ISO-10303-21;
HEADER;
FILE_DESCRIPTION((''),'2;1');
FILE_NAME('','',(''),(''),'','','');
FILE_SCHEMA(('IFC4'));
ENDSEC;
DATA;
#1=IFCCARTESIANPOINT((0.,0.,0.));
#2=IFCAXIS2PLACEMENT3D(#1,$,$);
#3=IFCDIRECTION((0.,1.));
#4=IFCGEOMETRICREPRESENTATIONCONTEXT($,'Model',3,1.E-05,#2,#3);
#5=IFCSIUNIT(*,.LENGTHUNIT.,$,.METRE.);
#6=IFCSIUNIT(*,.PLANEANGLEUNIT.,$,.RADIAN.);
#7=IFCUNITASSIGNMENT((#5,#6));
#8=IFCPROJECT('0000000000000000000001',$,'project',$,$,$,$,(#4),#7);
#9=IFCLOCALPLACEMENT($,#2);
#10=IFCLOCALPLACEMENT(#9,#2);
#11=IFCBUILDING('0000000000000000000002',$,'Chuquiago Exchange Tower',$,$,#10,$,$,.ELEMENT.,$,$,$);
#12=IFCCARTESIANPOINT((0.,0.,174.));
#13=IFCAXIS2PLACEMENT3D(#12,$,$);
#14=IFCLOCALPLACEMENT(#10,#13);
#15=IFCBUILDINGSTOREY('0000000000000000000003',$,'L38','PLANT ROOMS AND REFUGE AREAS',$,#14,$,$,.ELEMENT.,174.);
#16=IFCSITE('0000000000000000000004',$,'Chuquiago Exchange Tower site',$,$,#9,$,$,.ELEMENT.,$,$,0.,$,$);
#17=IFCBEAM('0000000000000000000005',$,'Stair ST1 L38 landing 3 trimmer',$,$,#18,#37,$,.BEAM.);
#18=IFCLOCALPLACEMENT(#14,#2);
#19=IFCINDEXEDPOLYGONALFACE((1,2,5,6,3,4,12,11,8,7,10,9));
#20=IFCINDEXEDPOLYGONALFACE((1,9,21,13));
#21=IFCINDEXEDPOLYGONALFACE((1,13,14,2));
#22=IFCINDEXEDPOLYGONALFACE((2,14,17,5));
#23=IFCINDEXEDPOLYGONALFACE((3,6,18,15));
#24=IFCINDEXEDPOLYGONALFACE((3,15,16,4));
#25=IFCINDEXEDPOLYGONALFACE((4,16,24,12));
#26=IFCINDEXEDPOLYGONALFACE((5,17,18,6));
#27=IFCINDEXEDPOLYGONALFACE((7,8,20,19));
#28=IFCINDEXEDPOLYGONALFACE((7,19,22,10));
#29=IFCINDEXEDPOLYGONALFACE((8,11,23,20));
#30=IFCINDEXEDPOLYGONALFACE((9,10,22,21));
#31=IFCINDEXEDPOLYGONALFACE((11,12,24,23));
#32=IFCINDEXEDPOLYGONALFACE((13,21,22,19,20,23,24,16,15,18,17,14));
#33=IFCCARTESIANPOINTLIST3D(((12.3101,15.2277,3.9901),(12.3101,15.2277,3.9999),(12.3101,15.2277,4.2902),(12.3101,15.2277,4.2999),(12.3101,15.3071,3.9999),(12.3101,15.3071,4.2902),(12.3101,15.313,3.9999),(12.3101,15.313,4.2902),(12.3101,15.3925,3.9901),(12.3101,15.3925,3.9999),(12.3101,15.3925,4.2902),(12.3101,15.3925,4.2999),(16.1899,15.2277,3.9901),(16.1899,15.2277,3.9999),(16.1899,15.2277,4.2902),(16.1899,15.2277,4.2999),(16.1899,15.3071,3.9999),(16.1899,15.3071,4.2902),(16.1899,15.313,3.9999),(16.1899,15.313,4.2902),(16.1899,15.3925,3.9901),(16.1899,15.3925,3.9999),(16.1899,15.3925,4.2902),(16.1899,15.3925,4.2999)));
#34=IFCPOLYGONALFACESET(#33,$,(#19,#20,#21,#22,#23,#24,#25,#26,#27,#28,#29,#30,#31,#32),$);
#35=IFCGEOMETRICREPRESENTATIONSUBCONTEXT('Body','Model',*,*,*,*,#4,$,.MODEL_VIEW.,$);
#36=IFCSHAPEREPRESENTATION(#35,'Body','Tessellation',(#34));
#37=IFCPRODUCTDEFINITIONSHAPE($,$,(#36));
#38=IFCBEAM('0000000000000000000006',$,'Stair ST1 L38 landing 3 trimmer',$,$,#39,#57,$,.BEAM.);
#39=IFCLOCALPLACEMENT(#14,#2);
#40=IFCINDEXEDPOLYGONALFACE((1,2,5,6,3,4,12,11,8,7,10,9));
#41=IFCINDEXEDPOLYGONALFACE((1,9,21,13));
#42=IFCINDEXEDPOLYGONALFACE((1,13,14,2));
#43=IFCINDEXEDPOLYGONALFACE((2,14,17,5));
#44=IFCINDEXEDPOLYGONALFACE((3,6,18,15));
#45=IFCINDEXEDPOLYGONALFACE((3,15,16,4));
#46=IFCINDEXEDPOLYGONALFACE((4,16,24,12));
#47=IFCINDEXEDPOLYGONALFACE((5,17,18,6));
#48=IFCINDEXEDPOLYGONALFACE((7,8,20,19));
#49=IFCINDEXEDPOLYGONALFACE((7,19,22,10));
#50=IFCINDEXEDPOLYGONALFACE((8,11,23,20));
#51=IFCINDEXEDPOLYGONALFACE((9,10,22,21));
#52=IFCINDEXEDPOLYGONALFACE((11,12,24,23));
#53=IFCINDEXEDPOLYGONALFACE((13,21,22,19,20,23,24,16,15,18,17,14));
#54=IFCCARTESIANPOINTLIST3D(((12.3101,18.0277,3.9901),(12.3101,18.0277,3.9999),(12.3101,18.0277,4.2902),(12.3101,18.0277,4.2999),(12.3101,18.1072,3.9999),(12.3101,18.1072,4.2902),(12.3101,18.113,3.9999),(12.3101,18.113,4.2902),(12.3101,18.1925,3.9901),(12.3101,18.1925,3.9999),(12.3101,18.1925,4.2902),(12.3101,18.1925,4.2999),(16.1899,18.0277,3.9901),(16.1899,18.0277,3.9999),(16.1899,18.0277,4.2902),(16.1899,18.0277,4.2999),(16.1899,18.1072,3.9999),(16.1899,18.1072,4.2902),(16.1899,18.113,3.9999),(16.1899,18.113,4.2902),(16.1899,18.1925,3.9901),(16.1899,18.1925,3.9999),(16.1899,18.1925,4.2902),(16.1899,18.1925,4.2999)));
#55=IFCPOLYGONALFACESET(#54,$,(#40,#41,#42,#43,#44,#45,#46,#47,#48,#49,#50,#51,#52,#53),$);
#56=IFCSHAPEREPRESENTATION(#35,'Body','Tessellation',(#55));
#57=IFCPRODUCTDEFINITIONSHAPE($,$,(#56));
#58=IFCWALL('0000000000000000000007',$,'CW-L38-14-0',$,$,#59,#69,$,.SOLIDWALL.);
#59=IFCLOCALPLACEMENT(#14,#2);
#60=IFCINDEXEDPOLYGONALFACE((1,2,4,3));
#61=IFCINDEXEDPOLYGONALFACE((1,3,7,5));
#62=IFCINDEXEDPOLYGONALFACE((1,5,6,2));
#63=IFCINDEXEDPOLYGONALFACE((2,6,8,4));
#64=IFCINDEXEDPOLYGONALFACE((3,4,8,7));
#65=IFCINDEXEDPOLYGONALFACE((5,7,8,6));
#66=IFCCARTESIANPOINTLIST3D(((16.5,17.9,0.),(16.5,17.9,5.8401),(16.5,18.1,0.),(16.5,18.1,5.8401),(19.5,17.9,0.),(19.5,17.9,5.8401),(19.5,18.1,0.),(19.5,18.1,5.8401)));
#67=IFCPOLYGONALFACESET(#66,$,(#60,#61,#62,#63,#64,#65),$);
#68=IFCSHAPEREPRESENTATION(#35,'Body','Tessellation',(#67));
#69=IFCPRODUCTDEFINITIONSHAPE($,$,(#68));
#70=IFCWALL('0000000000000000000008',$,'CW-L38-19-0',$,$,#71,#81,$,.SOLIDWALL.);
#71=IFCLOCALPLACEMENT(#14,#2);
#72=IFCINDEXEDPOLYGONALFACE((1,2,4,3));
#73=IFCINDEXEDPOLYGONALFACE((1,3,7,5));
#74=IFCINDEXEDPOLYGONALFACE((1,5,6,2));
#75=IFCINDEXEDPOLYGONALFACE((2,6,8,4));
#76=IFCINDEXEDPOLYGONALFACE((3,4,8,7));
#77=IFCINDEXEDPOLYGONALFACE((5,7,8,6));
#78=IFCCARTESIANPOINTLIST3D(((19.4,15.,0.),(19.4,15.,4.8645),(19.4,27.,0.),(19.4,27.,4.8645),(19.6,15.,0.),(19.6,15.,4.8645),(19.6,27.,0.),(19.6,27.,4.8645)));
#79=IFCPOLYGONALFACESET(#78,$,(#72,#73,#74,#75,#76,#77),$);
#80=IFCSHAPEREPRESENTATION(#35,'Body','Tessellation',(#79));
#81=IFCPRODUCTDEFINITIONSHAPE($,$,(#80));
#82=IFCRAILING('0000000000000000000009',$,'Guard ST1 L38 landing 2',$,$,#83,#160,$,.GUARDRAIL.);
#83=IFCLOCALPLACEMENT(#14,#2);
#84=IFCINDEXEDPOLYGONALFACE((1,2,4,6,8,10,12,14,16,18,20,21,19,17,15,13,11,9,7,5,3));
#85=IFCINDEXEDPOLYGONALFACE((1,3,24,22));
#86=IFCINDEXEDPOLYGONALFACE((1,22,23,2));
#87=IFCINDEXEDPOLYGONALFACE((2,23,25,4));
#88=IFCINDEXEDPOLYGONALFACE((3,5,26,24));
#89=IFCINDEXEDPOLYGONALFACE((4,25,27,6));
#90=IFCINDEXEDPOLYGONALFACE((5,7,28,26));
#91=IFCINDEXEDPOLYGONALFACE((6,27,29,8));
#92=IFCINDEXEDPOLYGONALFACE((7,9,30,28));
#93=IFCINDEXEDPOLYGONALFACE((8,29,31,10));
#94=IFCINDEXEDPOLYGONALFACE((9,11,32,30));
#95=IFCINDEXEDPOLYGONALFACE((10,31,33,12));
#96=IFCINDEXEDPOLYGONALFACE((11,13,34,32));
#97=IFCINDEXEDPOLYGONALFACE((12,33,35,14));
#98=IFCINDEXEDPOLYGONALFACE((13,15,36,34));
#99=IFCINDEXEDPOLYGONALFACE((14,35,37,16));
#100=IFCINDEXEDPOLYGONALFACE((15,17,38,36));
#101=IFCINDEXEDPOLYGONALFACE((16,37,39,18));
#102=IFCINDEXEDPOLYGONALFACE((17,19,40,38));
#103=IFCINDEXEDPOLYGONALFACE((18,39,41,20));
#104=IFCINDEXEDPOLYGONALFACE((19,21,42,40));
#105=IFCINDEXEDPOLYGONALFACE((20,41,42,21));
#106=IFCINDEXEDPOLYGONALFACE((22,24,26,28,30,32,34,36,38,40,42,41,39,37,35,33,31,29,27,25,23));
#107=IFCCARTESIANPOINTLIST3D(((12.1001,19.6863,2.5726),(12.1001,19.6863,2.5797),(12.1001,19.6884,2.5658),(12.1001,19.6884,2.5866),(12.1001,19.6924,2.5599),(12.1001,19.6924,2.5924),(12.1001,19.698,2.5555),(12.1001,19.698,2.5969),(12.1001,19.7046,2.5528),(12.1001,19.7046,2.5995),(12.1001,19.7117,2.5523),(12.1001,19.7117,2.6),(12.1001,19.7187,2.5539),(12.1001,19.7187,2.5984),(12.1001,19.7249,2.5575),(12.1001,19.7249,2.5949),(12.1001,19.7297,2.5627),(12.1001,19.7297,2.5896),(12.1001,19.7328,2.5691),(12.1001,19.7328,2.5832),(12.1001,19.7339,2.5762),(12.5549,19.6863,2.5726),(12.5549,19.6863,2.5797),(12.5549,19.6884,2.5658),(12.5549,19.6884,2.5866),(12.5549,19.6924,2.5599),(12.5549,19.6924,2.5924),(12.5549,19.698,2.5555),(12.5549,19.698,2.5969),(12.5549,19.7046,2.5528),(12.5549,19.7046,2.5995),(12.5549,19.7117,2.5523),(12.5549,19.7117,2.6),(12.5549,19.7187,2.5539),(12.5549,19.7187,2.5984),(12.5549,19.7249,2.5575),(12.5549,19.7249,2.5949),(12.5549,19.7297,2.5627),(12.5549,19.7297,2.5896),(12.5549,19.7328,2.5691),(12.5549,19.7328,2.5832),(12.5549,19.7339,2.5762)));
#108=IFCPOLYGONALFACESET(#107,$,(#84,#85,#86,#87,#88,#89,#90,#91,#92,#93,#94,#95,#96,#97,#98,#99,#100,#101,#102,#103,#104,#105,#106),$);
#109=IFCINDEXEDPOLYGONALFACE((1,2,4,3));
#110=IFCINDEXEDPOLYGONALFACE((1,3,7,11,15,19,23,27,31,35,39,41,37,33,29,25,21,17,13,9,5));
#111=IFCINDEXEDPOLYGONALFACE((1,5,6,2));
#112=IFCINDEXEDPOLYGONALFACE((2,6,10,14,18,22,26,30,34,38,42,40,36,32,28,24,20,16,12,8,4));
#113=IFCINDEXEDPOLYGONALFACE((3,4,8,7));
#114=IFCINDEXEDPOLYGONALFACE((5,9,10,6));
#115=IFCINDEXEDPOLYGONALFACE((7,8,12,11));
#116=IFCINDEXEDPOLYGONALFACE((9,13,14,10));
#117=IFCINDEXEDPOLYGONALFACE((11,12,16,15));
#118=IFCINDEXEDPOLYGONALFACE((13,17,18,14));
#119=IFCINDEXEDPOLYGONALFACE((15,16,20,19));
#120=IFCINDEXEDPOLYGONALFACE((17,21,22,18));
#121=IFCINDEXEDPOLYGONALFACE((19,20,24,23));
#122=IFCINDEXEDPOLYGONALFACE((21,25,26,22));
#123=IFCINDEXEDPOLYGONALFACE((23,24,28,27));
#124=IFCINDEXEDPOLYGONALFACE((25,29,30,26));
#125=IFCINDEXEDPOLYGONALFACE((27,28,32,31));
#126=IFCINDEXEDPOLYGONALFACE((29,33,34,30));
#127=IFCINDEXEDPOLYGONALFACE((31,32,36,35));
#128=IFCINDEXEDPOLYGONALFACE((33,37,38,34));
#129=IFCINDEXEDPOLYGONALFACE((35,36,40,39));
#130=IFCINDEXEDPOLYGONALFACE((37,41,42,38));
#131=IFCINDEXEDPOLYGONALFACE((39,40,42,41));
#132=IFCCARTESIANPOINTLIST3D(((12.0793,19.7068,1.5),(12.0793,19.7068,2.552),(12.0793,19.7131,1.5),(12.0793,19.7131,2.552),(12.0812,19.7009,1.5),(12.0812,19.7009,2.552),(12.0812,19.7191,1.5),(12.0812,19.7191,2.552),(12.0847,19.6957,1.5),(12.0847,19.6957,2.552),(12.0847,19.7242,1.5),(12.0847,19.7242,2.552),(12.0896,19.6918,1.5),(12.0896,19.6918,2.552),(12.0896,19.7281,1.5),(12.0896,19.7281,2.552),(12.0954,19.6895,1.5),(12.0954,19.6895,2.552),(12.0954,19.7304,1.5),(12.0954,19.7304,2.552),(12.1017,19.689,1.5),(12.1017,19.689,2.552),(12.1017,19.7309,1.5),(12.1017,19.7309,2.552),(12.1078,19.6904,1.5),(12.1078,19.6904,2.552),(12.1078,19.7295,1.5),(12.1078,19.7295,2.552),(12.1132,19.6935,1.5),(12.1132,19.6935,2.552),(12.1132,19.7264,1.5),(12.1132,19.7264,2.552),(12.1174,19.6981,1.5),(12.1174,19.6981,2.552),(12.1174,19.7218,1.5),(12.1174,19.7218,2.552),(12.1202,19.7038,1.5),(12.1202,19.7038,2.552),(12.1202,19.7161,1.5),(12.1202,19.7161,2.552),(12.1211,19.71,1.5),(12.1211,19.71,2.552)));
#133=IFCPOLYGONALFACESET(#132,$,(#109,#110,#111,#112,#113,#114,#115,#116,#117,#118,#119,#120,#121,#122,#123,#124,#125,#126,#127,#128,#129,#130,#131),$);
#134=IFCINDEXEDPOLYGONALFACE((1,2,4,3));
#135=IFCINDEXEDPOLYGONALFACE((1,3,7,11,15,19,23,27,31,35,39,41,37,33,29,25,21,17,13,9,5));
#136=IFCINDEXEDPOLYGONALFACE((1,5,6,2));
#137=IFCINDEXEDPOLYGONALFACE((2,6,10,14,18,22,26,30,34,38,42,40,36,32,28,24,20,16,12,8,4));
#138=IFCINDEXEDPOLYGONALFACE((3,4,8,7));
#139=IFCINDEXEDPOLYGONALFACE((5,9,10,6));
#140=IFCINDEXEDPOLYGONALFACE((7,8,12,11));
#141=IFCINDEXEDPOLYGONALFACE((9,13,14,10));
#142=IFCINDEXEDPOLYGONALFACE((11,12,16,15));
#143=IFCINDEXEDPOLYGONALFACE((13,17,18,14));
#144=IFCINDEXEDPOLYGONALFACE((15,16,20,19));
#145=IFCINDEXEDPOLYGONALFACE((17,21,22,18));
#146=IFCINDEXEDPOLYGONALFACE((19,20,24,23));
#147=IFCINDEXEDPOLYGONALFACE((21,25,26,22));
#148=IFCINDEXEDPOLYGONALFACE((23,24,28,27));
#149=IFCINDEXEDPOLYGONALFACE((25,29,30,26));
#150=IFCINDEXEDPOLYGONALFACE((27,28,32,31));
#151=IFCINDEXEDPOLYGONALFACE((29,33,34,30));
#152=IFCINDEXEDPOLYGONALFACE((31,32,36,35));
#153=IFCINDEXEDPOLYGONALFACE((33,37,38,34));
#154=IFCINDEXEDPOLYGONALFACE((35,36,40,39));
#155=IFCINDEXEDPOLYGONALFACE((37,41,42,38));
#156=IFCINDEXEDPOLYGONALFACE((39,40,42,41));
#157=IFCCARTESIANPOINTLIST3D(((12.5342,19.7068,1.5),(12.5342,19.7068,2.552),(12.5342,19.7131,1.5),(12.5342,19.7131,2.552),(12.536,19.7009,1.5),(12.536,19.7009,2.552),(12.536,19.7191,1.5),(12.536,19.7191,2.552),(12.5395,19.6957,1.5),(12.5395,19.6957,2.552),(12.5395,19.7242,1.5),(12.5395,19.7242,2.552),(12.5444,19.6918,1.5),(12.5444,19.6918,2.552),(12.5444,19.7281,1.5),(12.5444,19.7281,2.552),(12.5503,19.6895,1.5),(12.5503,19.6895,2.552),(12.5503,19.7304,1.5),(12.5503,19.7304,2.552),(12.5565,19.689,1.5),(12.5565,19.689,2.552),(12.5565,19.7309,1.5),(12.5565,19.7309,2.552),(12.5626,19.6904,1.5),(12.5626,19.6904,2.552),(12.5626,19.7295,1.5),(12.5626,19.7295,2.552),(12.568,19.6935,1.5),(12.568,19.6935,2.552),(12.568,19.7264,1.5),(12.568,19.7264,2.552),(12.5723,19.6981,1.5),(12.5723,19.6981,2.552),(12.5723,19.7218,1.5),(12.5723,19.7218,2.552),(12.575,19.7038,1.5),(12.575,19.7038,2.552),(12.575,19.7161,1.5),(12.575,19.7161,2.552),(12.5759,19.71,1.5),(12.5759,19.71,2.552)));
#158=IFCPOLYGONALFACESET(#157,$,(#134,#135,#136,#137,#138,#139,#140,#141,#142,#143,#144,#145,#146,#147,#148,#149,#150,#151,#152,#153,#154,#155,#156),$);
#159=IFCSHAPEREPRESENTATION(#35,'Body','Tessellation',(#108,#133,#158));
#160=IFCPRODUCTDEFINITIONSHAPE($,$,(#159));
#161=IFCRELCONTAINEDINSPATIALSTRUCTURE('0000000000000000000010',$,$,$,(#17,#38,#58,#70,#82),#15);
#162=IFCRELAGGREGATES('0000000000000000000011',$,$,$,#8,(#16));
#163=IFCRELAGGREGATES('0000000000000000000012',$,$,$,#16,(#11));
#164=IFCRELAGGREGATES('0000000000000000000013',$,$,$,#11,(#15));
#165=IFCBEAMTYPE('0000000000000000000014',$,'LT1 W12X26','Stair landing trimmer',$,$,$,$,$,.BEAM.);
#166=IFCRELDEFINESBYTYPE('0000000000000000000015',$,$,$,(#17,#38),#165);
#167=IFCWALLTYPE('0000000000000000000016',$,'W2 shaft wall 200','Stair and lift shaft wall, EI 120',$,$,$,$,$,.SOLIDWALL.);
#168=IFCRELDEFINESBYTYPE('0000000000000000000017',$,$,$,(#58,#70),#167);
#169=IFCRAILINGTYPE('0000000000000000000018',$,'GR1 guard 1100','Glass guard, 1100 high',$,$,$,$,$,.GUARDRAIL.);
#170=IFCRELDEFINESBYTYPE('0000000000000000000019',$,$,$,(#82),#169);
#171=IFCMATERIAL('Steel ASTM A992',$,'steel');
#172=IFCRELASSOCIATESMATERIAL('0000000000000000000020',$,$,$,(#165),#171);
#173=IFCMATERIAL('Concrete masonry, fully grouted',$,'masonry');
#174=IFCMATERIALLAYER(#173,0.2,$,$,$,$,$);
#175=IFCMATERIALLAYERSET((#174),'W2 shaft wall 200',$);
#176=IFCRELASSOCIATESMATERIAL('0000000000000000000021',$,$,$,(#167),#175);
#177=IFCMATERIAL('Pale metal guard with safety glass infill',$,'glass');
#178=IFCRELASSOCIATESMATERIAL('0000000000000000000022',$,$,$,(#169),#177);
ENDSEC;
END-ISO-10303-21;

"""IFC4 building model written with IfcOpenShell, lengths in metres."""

from ifc_helpers import new_model, si_unit, direction, frame, frame_2d, origin, origin_2d, place, context, subcontext, project, spatial, rectangle, circle, i_section, extrude, material, layer, layer_set, material_profile, profile_set, type_object, element, save


model = new_model("IFC4")

# Units and contexts
model_context = context("Model", 3, precision=1e-05, world=origin(), true_north=direction((0.0, 1.0)))
body_context = subcontext(model_context, "Body", "Model", "MODEL_VIEW")
ifc_project = project(units=[si_unit("LENGTHUNIT", "METRE"), si_unit("PLANEANGLEUNIT", "RADIAN")], contexts=[model_context])

# Site, building, storey
site_placement = place(None, origin())
site = spatial("IfcSite", under=ifc_project, at=site_placement, Name="Chuquiago Exchange Tower site", CompositionType="ELEMENT", RefElevation=0.0)
building_placement = place(site_placement, origin())
building = spatial("IfcBuilding", under=site, at=building_placement, Name="Chuquiago Exchange Tower", CompositionType="ELEMENT")
storey_placement = place(building_placement, frame((0.0, 0.0, 174.0)))
storey = spatial("IfcBuildingStorey", under=building, at=storey_placement, Name="L38", Description="PLANT ROOMS AND REFUGE AREAS", CompositionType="ELEMENT", Elevation=174.0)

# Beams
ifc_material_1 = material(Name="Steel ASTM A992", Category="steel")
ifc_material_profile_1 = material_profile(ifc_material_1, i_section(OverallWidth=0.1648, OverallDepth=0.3098, WebThickness=0.0059, FlangeThickness=0.0098, at=origin_2d()), Name="W12X26")
ifc_profile_set_1 = profile_set([ifc_material_profile_1], Name="Steel ASTM A992")
beam_type_1 = type_object("IfcBeamType", Name="LT1 W12X26", Description="Stair landing trimmer", PredefinedType="BEAM", material=ifc_profile_set_1)
for number, where, z_axis, x_axis, name in (
    (1, (12.3101, 15.3101, 4.145), (1.0, 0.0, 0.0), (0.0, 1.0, 0.0), "Stair ST1 L38 landing 3 trimmer"),
    (2, (12.3101, 18.1101, 4.145), (1.0, 0.0, 0.0), (0.0, 1.0, 0.0), "Stair ST1 L38 landing 3 trimmer"),
):
    element("IfcBeam", number, at=place(storey_placement, frame(where, z_axis=z_axis, x_axis=x_axis)), inside=storey, type_object=beam_type_1, Name=name, PredefinedType="BEAM", context=body_context, shape_type="SweptSolid", body=[
        extrude(i_section(OverallWidth=0.1648, OverallDepth=0.3098, WebThickness=0.0059, FlangeThickness=0.0098, at=origin_2d()), origin(), (0.0, 0.0, 1.0), 3.8799),
    ])

# Walls
ifc_material_2 = material(Name="Concrete masonry, fully grouted", Category="masonry")
ifc_layer = layer(ifc_material_2, 0.2)
ifc_layer_set = layer_set([ifc_layer], Name="W2 shaft wall 200")
wall_type = type_object("IfcWallType", Name="W2 shaft wall 200", Description="Stair and lift shaft wall, EI 120", PredefinedType="SOLIDWALL", material=ifc_layer_set)
wall_1_placement = place(storey_placement, frame((16.5, 18.0, 0.0), z_axis=(0.0, 0.0, 1.0), x_axis=(1.0, 0.0, 0.0)))
element("IfcWall", 3, at=wall_1_placement, inside=storey, type_object=wall_type, Name="CW-L38-14-0", PredefinedType="SOLIDWALL", context=body_context, shape_type="SweptSolid", body=[
    extrude(rectangle(XDim=3.0, YDim=0.2, at=frame_2d((1.5, 0.0))), origin(), (0.0, 0.0, 1.0), 5.8401),
])
wall_2_placement = place(storey_placement, frame((19.5, 15.0, 0.0), z_axis=(0.0, 0.0, 1.0), x_axis=(0.0, 1.0, 0.0)))
element("IfcWall", 4, at=wall_2_placement, inside=storey, type_object=wall_type, Name="CW-L38-19-0", PredefinedType="SOLIDWALL", context=body_context, shape_type="SweptSolid", body=[
    extrude(rectangle(XDim=12.0, YDim=0.2, at=frame_2d((6.0, 0.0))), origin(), (0.0, 0.0, 1.0), 4.8645),
])

# Railing
ifc_material_3 = material(Name="Pale metal guard with safety glass infill", Category="glass")
railing_type_1 = type_object("IfcRailingType", Name="GR1 guard 1100", Description="Glass guard, 1100 high", PredefinedType="GUARDRAIL", material=ifc_material_3)
for number, where, name in (
    (5, (12.1001, 19.71, 1.5), "Guard ST1 L38 landing 2"),
):
    element("IfcRailing", number, at=place(storey_placement, frame(where)), inside=storey, type_object=railing_type_1, Name=name, PredefinedType="GUARDRAIL", context=body_context, shape_type="SweptSolid", body=[
        extrude(circle(Radius=0.0239, at=origin_2d()), frame((0.0, 0.0, 1.0762), z_axis=(1.0, 0.0, 0.0), x_axis=(0.0, 1.0, 0.0)), (0.0, 0.0, 1.0), 0.4548),
        extrude(circle(Radius=0.021, at=origin_2d()), origin(), (0.0, 0.0, 1.0), 1.052),
        extrude(circle(Radius=0.021, at=origin_2d()), frame((0.4548, 0.0, 0.0)), (0.0, 0.0, 1.0), 1.052),
    ])

save(model, "model.ifc")
